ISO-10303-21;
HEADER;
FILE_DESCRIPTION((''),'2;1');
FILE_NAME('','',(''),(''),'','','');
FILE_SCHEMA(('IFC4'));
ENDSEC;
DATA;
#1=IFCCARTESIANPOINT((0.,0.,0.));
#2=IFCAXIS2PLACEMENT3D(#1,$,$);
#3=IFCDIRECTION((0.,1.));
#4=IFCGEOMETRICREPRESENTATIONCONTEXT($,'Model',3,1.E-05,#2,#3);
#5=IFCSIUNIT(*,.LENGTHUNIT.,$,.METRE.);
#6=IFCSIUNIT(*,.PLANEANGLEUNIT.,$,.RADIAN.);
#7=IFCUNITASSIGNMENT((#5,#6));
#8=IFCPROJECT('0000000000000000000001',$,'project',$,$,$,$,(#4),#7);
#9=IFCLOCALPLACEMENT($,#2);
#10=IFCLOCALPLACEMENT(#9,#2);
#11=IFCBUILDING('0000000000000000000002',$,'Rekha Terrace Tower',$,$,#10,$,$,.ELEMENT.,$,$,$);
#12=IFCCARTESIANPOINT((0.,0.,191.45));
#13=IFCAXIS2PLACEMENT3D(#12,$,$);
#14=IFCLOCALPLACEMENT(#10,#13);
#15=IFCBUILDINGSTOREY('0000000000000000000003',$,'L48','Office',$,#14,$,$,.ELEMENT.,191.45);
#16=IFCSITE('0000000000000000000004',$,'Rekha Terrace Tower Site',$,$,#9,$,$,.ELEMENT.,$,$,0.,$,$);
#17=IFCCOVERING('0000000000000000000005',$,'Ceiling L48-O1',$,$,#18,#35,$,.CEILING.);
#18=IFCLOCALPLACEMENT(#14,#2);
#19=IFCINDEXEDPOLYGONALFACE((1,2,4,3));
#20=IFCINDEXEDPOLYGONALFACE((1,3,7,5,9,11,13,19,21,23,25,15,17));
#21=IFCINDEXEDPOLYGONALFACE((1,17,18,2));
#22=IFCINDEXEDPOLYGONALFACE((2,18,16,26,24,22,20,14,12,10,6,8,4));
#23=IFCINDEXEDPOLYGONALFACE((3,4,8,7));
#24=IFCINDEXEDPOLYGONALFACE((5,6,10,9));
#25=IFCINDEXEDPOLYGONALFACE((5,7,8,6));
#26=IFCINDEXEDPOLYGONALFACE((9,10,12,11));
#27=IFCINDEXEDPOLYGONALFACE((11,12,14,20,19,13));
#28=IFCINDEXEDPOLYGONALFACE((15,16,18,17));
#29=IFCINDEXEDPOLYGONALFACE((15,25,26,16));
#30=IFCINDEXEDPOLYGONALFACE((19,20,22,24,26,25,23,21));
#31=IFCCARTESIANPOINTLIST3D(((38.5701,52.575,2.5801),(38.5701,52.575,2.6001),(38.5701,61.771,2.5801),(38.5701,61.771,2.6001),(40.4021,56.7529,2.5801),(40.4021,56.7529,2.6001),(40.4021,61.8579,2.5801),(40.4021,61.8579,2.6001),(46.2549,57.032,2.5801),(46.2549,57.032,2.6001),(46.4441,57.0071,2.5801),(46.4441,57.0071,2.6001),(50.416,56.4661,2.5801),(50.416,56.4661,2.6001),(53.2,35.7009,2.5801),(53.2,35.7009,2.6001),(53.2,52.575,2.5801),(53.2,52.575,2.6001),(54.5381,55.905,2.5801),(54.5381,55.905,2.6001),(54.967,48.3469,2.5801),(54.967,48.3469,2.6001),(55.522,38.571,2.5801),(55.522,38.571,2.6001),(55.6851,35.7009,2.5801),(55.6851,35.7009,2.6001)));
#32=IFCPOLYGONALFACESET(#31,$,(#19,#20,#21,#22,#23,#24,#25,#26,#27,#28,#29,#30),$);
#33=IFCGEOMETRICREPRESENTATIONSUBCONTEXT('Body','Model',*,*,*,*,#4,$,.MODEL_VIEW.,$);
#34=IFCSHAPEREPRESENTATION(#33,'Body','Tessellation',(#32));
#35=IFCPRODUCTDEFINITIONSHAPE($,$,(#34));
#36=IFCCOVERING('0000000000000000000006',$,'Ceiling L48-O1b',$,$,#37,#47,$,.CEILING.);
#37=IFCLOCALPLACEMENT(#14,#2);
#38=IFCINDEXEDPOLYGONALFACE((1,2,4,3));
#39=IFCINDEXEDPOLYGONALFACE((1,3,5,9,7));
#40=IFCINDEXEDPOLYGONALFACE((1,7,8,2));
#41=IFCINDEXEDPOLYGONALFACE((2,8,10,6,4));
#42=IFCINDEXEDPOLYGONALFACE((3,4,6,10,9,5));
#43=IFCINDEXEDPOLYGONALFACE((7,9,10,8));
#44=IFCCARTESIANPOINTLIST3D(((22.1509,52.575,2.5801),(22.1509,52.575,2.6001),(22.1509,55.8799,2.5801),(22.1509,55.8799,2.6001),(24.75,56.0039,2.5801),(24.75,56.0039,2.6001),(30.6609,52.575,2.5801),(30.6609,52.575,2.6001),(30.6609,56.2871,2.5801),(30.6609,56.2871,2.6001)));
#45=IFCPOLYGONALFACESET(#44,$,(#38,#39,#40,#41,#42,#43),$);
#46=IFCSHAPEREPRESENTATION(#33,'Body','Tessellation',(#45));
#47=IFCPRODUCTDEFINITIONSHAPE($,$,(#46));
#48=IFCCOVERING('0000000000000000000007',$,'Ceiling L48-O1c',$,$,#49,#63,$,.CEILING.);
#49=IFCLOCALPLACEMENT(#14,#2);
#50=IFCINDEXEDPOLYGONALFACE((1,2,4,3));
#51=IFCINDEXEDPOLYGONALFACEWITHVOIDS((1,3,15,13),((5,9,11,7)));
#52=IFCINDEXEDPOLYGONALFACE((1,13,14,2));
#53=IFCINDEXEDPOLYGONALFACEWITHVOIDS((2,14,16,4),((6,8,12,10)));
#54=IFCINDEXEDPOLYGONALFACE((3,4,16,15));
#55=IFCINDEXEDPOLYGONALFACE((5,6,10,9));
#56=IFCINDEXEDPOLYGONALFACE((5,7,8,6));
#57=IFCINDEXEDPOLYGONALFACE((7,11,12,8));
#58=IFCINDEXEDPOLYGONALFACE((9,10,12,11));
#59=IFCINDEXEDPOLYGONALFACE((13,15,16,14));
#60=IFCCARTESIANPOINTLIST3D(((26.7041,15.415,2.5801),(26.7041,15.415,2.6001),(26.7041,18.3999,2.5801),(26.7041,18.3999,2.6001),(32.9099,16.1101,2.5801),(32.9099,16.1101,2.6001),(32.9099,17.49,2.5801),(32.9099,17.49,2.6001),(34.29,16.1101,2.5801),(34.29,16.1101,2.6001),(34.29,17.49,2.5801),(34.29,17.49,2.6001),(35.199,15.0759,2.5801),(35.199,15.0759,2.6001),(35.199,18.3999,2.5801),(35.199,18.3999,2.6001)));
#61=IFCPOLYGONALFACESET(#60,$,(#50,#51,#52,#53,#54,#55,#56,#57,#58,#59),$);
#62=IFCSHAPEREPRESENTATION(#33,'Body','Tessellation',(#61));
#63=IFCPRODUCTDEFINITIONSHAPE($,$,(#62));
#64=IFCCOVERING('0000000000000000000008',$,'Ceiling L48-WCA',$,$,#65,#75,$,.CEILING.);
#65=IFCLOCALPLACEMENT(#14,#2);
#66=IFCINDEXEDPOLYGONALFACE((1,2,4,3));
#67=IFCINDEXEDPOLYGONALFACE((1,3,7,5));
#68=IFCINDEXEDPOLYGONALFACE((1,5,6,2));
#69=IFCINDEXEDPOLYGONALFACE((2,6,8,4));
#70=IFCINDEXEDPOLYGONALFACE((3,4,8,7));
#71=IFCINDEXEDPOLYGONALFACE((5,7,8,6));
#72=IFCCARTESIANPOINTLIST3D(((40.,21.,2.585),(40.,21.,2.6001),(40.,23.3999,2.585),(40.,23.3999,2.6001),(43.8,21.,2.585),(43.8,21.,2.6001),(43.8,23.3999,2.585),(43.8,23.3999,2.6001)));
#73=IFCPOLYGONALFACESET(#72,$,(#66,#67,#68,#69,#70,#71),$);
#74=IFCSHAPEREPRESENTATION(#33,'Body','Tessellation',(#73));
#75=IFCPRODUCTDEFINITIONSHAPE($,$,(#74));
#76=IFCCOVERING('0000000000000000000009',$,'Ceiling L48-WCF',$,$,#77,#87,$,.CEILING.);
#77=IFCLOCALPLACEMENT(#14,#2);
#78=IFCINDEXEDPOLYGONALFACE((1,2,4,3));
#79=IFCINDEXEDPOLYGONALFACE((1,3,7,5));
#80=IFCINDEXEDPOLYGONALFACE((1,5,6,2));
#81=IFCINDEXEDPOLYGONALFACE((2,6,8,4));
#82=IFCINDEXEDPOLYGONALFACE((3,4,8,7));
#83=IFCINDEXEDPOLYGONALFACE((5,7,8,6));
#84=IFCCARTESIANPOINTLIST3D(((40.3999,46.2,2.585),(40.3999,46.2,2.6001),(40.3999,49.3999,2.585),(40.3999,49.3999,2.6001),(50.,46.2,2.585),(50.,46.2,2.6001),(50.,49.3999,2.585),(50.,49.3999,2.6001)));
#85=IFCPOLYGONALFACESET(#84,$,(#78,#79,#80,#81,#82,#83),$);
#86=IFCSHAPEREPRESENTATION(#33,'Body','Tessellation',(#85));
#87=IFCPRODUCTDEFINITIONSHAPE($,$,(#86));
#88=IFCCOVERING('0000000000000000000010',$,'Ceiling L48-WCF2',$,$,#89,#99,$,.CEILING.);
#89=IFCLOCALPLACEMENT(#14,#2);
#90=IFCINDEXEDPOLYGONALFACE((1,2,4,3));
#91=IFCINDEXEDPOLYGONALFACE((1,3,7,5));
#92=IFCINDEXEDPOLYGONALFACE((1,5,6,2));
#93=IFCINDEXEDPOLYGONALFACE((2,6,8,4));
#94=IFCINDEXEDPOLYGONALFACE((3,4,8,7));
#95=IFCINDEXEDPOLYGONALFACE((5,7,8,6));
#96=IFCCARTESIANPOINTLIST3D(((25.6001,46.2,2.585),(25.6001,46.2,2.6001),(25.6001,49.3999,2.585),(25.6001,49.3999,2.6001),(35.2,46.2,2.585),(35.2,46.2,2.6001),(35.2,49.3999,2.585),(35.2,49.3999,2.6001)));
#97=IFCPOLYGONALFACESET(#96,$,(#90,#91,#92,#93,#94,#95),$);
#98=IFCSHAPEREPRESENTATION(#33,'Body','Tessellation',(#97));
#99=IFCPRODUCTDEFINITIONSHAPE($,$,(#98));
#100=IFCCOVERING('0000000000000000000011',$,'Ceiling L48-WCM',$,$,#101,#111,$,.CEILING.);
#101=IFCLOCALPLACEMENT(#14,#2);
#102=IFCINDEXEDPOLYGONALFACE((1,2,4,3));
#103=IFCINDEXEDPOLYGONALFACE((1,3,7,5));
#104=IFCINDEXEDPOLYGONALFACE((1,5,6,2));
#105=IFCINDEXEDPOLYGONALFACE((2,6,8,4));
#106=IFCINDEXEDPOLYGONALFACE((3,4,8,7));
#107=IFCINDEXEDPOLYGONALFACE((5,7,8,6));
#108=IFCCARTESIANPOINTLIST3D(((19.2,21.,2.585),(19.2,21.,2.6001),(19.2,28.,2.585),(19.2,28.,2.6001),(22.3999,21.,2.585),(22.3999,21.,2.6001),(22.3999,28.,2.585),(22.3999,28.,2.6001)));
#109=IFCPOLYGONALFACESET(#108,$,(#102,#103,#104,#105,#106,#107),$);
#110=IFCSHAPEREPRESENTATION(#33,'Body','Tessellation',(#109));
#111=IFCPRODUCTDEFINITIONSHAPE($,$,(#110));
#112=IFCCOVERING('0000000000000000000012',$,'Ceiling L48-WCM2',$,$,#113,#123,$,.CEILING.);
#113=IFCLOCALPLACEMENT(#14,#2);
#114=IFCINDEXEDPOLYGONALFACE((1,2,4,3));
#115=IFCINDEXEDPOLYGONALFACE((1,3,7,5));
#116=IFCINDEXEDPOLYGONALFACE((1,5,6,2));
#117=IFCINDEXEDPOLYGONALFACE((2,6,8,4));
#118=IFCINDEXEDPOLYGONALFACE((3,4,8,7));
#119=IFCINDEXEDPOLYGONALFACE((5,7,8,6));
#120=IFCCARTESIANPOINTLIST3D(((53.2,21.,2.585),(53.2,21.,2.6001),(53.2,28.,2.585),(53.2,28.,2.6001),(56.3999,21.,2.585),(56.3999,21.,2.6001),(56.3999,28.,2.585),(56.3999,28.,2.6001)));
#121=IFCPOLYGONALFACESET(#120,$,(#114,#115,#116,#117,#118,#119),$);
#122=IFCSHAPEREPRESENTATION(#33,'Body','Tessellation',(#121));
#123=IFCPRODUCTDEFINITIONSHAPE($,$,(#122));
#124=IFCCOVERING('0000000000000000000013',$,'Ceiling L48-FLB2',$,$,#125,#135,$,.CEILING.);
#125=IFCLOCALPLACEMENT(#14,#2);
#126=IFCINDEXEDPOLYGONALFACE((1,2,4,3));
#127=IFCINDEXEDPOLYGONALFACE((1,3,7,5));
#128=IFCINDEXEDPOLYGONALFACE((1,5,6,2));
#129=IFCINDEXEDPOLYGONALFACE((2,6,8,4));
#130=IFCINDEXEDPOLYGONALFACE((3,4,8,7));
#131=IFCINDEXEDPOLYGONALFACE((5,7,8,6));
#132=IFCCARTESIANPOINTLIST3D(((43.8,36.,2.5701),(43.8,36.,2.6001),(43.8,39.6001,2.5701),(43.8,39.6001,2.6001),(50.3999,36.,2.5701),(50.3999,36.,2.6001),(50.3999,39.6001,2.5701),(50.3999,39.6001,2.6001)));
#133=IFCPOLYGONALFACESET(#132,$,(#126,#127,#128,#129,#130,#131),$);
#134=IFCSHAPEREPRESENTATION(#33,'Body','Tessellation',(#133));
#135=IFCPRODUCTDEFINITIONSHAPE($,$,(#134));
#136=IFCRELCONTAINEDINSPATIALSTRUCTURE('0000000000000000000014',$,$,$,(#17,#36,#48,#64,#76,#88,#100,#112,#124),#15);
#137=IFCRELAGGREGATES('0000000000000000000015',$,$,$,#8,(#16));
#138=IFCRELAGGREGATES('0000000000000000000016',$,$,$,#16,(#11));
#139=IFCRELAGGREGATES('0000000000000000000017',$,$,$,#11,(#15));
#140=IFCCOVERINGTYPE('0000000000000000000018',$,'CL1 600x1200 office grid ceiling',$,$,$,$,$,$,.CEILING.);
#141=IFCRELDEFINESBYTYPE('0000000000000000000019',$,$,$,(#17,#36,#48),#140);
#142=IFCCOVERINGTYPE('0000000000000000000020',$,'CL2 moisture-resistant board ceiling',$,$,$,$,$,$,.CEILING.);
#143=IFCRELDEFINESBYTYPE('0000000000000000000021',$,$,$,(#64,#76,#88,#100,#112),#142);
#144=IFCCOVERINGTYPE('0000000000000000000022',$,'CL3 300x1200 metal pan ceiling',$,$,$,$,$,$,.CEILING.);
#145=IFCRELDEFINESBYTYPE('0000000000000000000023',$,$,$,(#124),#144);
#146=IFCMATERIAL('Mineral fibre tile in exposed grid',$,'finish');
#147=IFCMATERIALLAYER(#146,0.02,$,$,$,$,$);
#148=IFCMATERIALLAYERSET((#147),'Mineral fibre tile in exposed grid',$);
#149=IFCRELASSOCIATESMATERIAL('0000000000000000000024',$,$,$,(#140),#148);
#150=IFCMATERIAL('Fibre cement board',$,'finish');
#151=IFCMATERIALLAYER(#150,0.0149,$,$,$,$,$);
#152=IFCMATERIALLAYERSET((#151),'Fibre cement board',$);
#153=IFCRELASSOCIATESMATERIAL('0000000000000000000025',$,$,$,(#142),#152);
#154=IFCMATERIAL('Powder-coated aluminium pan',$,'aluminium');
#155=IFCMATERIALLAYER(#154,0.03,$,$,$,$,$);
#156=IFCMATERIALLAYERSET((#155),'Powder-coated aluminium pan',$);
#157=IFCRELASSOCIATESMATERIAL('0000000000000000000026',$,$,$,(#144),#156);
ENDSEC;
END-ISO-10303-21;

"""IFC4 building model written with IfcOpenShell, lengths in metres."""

from ifc_helpers import new_model, si_unit, direction, frame, origin, place, context, subcontext, project, spatial, polyline, outline, extrude, material, layer, layer_set, type_object, element, save


model = new_model("IFC4")

# Units and contexts
model_context = context("Model", 3, precision=1e-05, world=origin(), true_north=direction((0.0, 1.0)))
body_context = subcontext(model_context, "Body", "Model", "MODEL_VIEW")
ifc_project = project(units=[si_unit("LENGTHUNIT", "METRE"), si_unit("PLANEANGLEUNIT", "RADIAN")], contexts=[model_context])

# Site, building, storey
site_placement = place(None, origin())
site = spatial("IfcSite", under=ifc_project, at=site_placement, Name="Rekha Terrace Tower Site", CompositionType="ELEMENT", RefElevation=0.0)
building_placement = place(site_placement, origin())
building = spatial("IfcBuilding", under=site, at=building_placement, Name="Rekha Terrace Tower", CompositionType="ELEMENT")
storey_placement = place(building_placement, frame((0.0, 0.0, 191.45)))
storey = spatial("IfcBuildingStorey", under=building, at=storey_placement, Name="L48", Description="Office", CompositionType="ELEMENT", Elevation=191.45)

# Coverings
ifc_material_1 = material(Name="Mineral fibre tile in exposed grid", Category="finish")
ifc_layer_1 = layer(ifc_material_1, 0.02)
ifc_layer_set_1 = layer_set([ifc_layer_1], Name="Mineral fibre tile in exposed grid")
covering_type_1 = type_object("IfcCoveringType", Name="CL1 600x1200 office grid ceiling", PredefinedType="CEILING", material=ifc_layer_set_1)
covering_1_placement = place(storey_placement, frame((0.0, 0.0, 2.5801)))
element("IfcCovering", 1, at=covering_1_placement, inside=storey, type_object=covering_type_1, Name="Ceiling L48-O1", PredefinedType="CEILING", context=body_context, shape_type="SweptSolid", body=[
    extrude(outline(polyline([(50.416, 56.4661), (46.4441, 57.0071), (46.2549, 57.032), (40.4021, 56.7529), (40.4021, 61.8579), (38.5701, 61.771), (38.5701, 52.575), (53.2, 52.575), (53.2, 35.7009), (55.6851, 35.7009), (55.522, 38.571), (54.967, 48.3469), (54.5381, 55.905), (50.416, 56.4661)])), origin(), (0.0, 0.0, 1.0), 0.02),
])
covering_2_placement = place(storey_placement, frame((0.0, 0.0, 2.5801)))
element("IfcCovering", 2, at=covering_2_placement, inside=storey, type_object=covering_type_1, Name="Ceiling L48-O1b", PredefinedType="CEILING", context=body_context, shape_type="SweptSolid", body=[
    extrude(outline(polyline([(30.6609, 56.2871), (24.75, 56.0039), (22.1509, 55.8799), (22.1509, 52.575), (30.6609, 52.575), (30.6609, 56.2871)])), origin(), (0.0, 0.0, 1.0), 0.02),
])
covering_3_placement = place(storey_placement, frame((0.0, 0.0, 2.5801)))
element("IfcCovering", 3, at=covering_3_placement, inside=storey, type_object=covering_type_1, Name="Ceiling L48-O1c", PredefinedType="CEILING", context=body_context, shape_type="SweptSolid", body=[
    extrude(outline(polyline([(26.7041, 15.415), (35.199, 15.0759), (35.199, 18.3999), (26.7041, 18.3999), (26.7041, 15.415)]), holes=[polyline([(34.29, 16.1101), (32.9099, 16.1101), (32.9099, 17.49), (34.29, 17.49), (34.29, 16.1101)])]), origin(), (0.0, 0.0, 1.0), 0.02),
])
ifc_material_2 = material(Name="Fibre cement board", Category="finish")
ifc_layer_2 = layer(ifc_material_2, 0.0149)
ifc_layer_set_2 = layer_set([ifc_layer_2], Name="Fibre cement board")
covering_type_2 = type_object("IfcCoveringType", Name="CL2 moisture-resistant board ceiling", PredefinedType="CEILING", material=ifc_layer_set_2)
covering_4_placement = place(storey_placement, frame((0.0, 0.0, 2.585)))
element("IfcCovering", 4, at=covering_4_placement, inside=storey, type_object=covering_type_2, Name="Ceiling L48-WCA", PredefinedType="CEILING", context=body_context, shape_type="SweptSolid", body=[
    extrude(outline(polyline([(43.8, 23.3999), (40.0, 23.3999), (40.0, 21.0), (43.8, 21.0), (43.8, 23.3999)])), origin(), (0.0, 0.0, 1.0), 0.0151),
])
covering_5_placement = place(storey_placement, frame((0.0, 0.0, 2.585)))
element("IfcCovering", 5, at=covering_5_placement, inside=storey, type_object=covering_type_2, Name="Ceiling L48-WCF", PredefinedType="CEILING", context=body_context, shape_type="SweptSolid", body=[
    extrude(outline(polyline([(50.0, 49.3999), (40.3999, 49.3999), (40.3999, 46.2), (50.0, 46.2), (50.0, 49.3999)])), origin(), (0.0, 0.0, 1.0), 0.0151),
])
covering_6_placement = place(storey_placement, frame((0.0, 0.0, 2.585)))
element("IfcCovering", 6, at=covering_6_placement, inside=storey, type_object=covering_type_2, Name="Ceiling L48-WCF2", PredefinedType="CEILING", context=body_context, shape_type="SweptSolid", body=[
    extrude(outline(polyline([(35.2, 49.3999), (25.6001, 49.3999), (25.6001, 46.2), (35.2, 46.2), (35.2, 49.3999)])), origin(), (0.0, 0.0, 1.0), 0.0151),
])
covering_7_placement = place(storey_placement, frame((0.0, 0.0, 2.585)))
element("IfcCovering", 7, at=covering_7_placement, inside=storey, type_object=covering_type_2, Name="Ceiling L48-WCM", PredefinedType="CEILING", context=body_context, shape_type="SweptSolid", body=[
    extrude(outline(polyline([(22.3999, 28.0), (19.2, 28.0), (19.2, 21.0), (22.3999, 21.0), (22.3999, 28.0)])), origin(), (0.0, 0.0, 1.0), 0.0151),
])
covering_8_placement = place(storey_placement, frame((0.0, 0.0, 2.585)))
element("IfcCovering", 8, at=covering_8_placement, inside=storey, type_object=covering_type_2, Name="Ceiling L48-WCM2", PredefinedType="CEILING", context=body_context, shape_type="SweptSolid", body=[
    extrude(outline(polyline([(56.3999, 28.0), (53.2, 28.0), (53.2, 21.0), (56.3999, 21.0), (56.3999, 28.0)])), origin(), (0.0, 0.0, 1.0), 0.0151),
])
ifc_material_3 = material(Name="Powder-coated aluminium pan", Category="aluminium")
ifc_layer_3 = layer(ifc_material_3, 0.03)
ifc_layer_set_3 = layer_set([ifc_layer_3], Name="Powder-coated aluminium pan")
covering_type_3 = type_object("IfcCoveringType", Name="CL3 300x1200 metal pan ceiling", PredefinedType="CEILING", material=ifc_layer_set_3)
covering_9_placement = place(storey_placement, frame((0.0, 0.0, 2.5701)))
element("IfcCovering", 9, at=covering_9_placement, inside=storey, type_object=covering_type_3, Name="Ceiling L48-FLB2", PredefinedType="CEILING", context=body_context, shape_type="SweptSolid", body=[
    extrude(outline(polyline([(50.3999, 39.6001), (43.8, 39.6001), (43.8, 36.0), (50.3999, 36.0), (50.3999, 39.6001)])), origin(), (0.0, 0.0, 1.0), 0.03),
])

save(model, "model.ifc")
